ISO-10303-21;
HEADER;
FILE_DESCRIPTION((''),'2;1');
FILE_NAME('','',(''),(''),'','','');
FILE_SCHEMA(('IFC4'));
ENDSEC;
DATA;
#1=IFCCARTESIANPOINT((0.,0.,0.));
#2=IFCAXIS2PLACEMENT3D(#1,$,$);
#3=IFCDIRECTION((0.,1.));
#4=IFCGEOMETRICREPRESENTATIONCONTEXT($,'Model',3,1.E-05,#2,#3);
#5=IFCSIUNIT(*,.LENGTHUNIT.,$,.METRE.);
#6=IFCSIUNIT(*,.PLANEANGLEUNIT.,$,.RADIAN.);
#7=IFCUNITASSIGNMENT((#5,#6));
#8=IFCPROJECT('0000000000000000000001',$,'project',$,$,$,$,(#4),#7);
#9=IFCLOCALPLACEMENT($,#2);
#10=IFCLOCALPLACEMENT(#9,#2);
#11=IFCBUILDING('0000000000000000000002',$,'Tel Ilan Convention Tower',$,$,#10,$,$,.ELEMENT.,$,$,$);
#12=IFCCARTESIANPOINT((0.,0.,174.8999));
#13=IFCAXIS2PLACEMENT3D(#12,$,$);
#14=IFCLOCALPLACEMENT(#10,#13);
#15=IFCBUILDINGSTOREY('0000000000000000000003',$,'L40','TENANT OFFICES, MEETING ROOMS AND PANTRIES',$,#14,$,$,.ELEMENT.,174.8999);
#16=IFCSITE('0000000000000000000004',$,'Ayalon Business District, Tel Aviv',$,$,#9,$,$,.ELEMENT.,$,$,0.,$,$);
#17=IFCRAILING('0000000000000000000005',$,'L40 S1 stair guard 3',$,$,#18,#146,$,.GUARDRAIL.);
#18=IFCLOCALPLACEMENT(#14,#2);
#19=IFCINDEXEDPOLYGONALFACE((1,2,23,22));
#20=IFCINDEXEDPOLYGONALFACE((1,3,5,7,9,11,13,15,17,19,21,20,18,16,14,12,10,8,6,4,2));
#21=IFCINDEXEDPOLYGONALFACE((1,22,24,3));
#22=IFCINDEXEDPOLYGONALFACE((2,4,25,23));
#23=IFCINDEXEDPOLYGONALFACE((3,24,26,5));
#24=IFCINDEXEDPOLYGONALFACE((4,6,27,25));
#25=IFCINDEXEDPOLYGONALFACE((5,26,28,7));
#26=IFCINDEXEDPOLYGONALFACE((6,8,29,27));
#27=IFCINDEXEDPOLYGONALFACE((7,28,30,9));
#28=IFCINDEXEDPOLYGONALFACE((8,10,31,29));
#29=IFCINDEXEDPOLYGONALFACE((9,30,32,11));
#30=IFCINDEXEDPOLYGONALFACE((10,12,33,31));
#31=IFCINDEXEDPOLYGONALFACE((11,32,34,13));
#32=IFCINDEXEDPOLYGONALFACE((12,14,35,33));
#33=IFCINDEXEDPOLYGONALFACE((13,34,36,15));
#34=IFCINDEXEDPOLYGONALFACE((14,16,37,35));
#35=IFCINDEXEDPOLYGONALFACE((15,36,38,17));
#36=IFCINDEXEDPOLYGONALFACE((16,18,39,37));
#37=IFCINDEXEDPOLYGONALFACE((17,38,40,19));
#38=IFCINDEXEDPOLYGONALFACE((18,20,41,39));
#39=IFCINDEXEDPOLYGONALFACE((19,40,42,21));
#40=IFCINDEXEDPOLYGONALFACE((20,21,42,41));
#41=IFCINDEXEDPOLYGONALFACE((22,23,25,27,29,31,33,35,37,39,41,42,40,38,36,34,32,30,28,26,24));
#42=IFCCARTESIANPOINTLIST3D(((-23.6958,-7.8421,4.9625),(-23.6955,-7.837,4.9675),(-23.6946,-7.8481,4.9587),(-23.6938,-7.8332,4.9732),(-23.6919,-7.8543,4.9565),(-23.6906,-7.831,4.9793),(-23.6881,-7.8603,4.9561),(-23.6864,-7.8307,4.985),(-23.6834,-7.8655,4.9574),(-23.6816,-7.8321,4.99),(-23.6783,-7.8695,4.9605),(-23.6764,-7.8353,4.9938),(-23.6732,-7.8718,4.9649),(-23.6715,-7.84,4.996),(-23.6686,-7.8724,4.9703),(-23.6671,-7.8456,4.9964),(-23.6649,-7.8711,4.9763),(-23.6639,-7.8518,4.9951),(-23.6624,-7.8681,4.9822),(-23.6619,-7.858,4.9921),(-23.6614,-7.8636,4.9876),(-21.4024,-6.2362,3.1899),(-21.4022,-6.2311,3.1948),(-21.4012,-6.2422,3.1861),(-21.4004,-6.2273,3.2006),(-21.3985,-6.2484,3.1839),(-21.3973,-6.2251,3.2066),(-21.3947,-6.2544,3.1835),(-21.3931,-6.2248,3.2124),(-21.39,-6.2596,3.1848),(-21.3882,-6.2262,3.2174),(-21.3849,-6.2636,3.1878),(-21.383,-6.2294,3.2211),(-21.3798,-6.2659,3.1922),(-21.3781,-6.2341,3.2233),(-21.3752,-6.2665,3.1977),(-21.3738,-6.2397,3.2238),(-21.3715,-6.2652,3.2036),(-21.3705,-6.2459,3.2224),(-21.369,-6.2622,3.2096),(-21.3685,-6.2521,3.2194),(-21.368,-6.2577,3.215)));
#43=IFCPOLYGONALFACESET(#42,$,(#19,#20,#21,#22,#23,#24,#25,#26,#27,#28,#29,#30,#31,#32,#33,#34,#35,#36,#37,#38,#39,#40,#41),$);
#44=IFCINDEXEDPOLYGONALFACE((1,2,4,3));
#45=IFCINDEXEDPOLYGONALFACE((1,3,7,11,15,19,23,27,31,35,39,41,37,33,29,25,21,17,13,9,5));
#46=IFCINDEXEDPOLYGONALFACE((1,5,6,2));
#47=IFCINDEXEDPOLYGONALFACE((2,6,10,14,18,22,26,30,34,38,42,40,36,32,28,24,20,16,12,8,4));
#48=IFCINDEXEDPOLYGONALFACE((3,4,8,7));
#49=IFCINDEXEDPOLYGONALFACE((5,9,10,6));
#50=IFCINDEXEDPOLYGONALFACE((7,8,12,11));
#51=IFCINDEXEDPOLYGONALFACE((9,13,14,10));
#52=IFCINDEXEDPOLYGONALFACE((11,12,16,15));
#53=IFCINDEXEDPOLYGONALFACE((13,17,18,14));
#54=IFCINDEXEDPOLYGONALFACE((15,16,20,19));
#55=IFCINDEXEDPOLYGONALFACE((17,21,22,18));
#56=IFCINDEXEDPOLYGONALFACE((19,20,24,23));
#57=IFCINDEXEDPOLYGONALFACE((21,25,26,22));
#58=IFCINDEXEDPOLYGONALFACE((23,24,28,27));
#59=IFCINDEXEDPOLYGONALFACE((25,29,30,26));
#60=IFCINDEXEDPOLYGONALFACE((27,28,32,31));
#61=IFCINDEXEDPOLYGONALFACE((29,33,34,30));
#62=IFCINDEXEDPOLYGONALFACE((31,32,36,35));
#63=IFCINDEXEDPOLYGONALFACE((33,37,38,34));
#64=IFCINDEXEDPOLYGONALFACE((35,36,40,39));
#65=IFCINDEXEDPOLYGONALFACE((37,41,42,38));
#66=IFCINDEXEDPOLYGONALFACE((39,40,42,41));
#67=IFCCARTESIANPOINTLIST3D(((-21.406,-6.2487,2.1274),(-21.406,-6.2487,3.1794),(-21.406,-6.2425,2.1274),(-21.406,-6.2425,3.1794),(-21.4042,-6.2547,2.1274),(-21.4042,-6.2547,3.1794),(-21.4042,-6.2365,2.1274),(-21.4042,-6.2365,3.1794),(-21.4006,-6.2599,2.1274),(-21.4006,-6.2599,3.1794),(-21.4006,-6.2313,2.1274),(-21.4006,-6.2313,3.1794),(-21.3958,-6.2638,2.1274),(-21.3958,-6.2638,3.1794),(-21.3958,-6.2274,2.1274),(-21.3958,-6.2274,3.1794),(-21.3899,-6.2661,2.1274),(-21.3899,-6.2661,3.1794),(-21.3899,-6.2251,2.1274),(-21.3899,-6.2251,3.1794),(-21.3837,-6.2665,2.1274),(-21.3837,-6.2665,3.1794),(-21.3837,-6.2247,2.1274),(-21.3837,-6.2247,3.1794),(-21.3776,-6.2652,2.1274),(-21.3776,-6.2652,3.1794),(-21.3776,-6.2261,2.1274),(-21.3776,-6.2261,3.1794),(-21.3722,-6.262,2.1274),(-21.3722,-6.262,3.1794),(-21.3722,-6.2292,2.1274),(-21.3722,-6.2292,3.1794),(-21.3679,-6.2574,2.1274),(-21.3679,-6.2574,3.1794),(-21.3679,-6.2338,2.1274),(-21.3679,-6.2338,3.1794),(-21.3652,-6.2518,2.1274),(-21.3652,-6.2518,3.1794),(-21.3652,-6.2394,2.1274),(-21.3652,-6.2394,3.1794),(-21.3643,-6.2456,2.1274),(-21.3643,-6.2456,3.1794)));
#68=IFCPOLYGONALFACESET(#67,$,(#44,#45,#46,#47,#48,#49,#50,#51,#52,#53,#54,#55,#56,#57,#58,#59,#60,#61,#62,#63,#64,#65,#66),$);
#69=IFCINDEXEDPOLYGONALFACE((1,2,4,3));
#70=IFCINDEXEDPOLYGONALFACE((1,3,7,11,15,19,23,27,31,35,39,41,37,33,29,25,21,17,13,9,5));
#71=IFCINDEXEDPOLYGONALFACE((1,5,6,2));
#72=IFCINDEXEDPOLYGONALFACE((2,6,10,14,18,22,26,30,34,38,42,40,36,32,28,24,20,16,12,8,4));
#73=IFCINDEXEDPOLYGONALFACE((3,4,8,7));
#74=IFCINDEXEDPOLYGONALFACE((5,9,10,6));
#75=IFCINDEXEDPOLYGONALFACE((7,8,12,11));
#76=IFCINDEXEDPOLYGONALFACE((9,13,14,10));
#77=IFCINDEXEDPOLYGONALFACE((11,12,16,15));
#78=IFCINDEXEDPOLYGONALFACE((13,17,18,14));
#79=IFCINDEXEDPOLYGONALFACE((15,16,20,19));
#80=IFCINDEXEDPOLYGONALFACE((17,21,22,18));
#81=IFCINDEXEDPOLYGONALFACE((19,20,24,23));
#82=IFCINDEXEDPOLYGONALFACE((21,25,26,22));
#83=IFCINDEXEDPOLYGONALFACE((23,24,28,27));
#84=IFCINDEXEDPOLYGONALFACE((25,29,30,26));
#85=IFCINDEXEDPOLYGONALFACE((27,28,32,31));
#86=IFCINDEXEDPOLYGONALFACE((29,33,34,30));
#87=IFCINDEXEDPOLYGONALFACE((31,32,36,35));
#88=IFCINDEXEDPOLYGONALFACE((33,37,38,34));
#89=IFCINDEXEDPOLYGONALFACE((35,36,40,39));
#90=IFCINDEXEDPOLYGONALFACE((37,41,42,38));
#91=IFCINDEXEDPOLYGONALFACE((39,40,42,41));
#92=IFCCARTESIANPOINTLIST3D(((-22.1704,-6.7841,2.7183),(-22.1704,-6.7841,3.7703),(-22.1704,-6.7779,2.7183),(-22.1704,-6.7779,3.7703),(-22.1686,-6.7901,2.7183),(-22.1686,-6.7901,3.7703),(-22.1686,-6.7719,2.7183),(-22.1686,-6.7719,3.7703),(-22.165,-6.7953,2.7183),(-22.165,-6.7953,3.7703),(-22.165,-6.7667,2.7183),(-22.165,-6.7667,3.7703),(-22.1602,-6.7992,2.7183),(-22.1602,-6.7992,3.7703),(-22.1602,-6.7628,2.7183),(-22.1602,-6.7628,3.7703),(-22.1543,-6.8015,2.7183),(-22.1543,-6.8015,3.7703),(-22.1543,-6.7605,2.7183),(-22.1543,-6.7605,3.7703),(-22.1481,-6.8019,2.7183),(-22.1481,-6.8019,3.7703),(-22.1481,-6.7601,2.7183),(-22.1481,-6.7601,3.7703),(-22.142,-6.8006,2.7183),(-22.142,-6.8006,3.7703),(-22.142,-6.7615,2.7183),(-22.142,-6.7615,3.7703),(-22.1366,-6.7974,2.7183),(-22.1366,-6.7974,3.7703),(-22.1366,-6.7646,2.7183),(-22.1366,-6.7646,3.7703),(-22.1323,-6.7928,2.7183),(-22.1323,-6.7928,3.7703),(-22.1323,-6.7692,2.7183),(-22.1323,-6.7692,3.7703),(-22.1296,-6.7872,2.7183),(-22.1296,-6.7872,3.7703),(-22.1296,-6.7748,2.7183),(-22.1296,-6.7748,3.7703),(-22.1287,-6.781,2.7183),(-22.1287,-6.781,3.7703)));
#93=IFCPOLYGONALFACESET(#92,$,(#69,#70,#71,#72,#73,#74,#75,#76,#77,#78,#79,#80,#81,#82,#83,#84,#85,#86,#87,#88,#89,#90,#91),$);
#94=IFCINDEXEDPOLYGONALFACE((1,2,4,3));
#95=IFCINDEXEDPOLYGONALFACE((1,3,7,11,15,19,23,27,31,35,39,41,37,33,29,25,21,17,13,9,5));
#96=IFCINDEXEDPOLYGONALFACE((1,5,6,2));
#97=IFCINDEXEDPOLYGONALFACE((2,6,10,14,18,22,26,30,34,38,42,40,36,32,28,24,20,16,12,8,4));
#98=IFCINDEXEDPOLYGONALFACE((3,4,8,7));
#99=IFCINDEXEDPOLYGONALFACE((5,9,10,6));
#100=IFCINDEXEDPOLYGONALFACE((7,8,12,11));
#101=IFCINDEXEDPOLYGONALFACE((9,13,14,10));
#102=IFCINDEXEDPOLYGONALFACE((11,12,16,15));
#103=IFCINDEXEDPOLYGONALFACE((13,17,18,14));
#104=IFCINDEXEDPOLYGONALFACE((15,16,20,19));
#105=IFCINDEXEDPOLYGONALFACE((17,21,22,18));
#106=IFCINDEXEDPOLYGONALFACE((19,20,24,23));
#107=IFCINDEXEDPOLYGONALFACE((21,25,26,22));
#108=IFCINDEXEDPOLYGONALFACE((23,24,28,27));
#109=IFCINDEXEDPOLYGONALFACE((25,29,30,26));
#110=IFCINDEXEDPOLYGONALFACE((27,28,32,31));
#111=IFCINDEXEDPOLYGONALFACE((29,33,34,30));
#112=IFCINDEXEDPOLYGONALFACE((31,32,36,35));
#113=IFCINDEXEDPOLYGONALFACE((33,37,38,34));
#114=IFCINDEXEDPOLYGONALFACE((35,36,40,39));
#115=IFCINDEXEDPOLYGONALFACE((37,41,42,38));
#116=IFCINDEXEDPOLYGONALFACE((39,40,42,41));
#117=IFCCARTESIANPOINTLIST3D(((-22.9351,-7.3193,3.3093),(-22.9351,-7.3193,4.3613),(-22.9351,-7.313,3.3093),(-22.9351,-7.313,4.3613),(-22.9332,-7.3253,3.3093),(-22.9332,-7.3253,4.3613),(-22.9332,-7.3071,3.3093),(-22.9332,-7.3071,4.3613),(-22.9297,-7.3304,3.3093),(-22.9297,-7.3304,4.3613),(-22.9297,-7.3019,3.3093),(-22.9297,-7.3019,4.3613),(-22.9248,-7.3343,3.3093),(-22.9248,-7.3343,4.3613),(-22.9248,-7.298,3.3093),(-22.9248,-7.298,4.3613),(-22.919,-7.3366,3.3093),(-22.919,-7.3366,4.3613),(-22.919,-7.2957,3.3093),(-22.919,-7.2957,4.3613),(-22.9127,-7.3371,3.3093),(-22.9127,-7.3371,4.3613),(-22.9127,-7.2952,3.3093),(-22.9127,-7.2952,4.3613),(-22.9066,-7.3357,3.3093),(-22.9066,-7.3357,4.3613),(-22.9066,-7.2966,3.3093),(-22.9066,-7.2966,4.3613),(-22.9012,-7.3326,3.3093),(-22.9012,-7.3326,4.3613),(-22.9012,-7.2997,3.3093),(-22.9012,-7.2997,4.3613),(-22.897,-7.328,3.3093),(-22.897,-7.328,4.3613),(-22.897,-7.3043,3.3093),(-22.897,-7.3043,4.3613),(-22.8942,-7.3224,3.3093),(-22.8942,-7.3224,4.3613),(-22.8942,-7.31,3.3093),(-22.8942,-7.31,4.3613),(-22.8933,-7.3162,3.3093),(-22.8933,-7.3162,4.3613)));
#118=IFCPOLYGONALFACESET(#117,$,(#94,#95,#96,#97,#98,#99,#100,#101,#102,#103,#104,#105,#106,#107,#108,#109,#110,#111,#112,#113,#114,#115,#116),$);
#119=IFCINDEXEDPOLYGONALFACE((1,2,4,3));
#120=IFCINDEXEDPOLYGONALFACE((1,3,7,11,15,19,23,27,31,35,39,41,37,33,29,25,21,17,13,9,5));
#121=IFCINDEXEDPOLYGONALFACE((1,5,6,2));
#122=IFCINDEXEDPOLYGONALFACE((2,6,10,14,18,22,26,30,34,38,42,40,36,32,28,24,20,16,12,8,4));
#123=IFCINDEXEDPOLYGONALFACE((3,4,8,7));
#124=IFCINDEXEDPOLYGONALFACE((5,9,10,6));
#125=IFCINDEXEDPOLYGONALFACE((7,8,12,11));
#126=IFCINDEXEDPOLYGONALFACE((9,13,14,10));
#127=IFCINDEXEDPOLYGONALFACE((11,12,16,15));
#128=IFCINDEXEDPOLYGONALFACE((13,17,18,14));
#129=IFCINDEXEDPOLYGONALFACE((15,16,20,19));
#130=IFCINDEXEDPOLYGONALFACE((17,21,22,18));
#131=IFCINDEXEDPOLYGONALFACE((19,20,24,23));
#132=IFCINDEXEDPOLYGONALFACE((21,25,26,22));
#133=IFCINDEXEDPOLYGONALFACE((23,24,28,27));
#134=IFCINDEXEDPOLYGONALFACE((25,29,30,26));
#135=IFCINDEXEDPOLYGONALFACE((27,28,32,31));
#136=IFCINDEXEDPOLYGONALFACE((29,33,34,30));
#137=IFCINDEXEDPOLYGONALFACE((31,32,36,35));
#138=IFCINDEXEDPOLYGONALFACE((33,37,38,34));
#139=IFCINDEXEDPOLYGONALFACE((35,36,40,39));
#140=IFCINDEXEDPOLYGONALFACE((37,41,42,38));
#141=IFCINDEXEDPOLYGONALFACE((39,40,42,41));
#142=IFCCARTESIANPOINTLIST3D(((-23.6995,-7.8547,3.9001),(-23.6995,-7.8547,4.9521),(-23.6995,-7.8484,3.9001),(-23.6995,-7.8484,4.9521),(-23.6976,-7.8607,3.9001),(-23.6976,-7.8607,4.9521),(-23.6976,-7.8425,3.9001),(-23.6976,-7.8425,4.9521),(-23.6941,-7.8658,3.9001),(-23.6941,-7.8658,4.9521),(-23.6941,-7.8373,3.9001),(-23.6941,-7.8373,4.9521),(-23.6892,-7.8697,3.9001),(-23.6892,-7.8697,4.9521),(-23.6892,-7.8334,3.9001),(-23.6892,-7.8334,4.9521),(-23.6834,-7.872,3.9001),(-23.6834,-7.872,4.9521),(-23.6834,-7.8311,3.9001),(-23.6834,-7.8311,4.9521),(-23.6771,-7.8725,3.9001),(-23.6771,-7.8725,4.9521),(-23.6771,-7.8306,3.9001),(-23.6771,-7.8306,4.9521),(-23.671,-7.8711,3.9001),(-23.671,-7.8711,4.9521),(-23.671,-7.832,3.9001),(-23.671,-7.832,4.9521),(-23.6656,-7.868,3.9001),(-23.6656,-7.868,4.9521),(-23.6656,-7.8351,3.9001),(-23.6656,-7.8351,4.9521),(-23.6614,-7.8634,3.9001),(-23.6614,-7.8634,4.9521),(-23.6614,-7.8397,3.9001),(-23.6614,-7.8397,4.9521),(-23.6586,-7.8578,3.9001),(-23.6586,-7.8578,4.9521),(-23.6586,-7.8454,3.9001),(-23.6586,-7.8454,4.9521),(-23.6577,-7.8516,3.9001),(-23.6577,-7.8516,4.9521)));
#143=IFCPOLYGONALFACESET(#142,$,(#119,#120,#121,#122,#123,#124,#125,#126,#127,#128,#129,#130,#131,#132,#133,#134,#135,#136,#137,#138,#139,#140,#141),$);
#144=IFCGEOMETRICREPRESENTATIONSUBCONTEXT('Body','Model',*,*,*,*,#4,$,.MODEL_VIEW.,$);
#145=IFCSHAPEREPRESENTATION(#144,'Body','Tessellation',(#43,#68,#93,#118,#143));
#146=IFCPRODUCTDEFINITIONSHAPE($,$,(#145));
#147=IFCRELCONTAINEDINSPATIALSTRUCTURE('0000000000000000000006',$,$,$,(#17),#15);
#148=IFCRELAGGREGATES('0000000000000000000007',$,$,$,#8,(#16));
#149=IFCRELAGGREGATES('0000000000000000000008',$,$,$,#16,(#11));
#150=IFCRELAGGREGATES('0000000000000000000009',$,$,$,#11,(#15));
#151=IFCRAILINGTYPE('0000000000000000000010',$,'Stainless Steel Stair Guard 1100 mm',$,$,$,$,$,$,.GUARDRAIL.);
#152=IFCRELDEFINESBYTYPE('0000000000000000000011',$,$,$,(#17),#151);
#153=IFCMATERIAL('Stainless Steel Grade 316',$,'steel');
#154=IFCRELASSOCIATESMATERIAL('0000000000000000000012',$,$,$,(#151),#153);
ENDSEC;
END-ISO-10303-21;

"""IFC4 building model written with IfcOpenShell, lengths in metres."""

from ifc_helpers import new_model, si_unit, direction, frame, origin, origin_2d, place, context, subcontext, project, spatial, circle, extrude, material, type_object, element, save


model = new_model("IFC4")

# Units and contexts
model_context = context("Model", 3, precision=1e-05, world=origin(), true_north=direction((0.0, 1.0)))
body_context = subcontext(model_context, "Body", "Model", "MODEL_VIEW")
ifc_project = project(units=[si_unit("LENGTHUNIT", "METRE"), si_unit("PLANEANGLEUNIT", "RADIAN")], contexts=[model_context])

# Site, building, storey
site_placement = place(None, origin())
site = spatial("IfcSite", under=ifc_project, at=site_placement, Name="Ayalon Business District, Tel Aviv", CompositionType="ELEMENT", RefElevation=0.0)
building_placement = place(site_placement, origin())
building = spatial("IfcBuilding", under=site, at=building_placement, Name="Tel Ilan Convention Tower", CompositionType="ELEMENT")
storey_placement = place(building_placement, frame((0.0, 0.0, 174.8999)))
storey = spatial("IfcBuildingStorey", under=building, at=storey_placement, Name="L40", Description="TENANT OFFICES, MEETING ROOMS AND PANTRIES", CompositionType="ELEMENT", Elevation=174.8999)

# Railing
ifc_material_1 = material(Name="Stainless Steel Grade 316", Category="steel")
railing_type_1 = type_object("IfcRailingType", Name="Stainless Steel Stair Guard 1100 mm", PredefinedType="GUARDRAIL", material=ifc_material_1)
railing_1_placement = place(storey_placement, frame((-21.3853, -6.2456, 2.1274)))
element("IfcRailing", 1, at=railing_1_placement, inside=storey, type_object=railing_type_1, Name="L40 S1 stair guard 3", PredefinedType="GUARDRAIL", context=body_context, shape_type="SweptSolid", body=[
    extrude(circle(Radius=0.0239, at=origin_2d()), frame((0.0, 0.0, 1.0762), z_axis=(-0.692085, -0.484621, 0.53494), x_axis=(0.573591, -0.819142, 0.0)), (0.0, 0.0, 1.0), 3.3137),
    extrude(circle(Radius=0.021, at=origin_2d()), origin(), (0.0, 0.0, 1.0), 1.052),
    extrude(circle(Radius=0.021, at=origin_2d()), frame((-0.7644, -0.5354, 0.5908)), (0.0, 0.0, 1.0), 1.052),
    extrude(circle(Radius=0.021, at=origin_2d()), frame((-1.5291, -1.0706, 1.1819)), (0.0, 0.0, 1.0), 1.052),
    extrude(circle(Radius=0.021, at=origin_2d()), frame((-2.2935, -1.606, 1.7727)), (0.0, 0.0, 1.0), 1.052),
])

save(model, "model.ifc")
